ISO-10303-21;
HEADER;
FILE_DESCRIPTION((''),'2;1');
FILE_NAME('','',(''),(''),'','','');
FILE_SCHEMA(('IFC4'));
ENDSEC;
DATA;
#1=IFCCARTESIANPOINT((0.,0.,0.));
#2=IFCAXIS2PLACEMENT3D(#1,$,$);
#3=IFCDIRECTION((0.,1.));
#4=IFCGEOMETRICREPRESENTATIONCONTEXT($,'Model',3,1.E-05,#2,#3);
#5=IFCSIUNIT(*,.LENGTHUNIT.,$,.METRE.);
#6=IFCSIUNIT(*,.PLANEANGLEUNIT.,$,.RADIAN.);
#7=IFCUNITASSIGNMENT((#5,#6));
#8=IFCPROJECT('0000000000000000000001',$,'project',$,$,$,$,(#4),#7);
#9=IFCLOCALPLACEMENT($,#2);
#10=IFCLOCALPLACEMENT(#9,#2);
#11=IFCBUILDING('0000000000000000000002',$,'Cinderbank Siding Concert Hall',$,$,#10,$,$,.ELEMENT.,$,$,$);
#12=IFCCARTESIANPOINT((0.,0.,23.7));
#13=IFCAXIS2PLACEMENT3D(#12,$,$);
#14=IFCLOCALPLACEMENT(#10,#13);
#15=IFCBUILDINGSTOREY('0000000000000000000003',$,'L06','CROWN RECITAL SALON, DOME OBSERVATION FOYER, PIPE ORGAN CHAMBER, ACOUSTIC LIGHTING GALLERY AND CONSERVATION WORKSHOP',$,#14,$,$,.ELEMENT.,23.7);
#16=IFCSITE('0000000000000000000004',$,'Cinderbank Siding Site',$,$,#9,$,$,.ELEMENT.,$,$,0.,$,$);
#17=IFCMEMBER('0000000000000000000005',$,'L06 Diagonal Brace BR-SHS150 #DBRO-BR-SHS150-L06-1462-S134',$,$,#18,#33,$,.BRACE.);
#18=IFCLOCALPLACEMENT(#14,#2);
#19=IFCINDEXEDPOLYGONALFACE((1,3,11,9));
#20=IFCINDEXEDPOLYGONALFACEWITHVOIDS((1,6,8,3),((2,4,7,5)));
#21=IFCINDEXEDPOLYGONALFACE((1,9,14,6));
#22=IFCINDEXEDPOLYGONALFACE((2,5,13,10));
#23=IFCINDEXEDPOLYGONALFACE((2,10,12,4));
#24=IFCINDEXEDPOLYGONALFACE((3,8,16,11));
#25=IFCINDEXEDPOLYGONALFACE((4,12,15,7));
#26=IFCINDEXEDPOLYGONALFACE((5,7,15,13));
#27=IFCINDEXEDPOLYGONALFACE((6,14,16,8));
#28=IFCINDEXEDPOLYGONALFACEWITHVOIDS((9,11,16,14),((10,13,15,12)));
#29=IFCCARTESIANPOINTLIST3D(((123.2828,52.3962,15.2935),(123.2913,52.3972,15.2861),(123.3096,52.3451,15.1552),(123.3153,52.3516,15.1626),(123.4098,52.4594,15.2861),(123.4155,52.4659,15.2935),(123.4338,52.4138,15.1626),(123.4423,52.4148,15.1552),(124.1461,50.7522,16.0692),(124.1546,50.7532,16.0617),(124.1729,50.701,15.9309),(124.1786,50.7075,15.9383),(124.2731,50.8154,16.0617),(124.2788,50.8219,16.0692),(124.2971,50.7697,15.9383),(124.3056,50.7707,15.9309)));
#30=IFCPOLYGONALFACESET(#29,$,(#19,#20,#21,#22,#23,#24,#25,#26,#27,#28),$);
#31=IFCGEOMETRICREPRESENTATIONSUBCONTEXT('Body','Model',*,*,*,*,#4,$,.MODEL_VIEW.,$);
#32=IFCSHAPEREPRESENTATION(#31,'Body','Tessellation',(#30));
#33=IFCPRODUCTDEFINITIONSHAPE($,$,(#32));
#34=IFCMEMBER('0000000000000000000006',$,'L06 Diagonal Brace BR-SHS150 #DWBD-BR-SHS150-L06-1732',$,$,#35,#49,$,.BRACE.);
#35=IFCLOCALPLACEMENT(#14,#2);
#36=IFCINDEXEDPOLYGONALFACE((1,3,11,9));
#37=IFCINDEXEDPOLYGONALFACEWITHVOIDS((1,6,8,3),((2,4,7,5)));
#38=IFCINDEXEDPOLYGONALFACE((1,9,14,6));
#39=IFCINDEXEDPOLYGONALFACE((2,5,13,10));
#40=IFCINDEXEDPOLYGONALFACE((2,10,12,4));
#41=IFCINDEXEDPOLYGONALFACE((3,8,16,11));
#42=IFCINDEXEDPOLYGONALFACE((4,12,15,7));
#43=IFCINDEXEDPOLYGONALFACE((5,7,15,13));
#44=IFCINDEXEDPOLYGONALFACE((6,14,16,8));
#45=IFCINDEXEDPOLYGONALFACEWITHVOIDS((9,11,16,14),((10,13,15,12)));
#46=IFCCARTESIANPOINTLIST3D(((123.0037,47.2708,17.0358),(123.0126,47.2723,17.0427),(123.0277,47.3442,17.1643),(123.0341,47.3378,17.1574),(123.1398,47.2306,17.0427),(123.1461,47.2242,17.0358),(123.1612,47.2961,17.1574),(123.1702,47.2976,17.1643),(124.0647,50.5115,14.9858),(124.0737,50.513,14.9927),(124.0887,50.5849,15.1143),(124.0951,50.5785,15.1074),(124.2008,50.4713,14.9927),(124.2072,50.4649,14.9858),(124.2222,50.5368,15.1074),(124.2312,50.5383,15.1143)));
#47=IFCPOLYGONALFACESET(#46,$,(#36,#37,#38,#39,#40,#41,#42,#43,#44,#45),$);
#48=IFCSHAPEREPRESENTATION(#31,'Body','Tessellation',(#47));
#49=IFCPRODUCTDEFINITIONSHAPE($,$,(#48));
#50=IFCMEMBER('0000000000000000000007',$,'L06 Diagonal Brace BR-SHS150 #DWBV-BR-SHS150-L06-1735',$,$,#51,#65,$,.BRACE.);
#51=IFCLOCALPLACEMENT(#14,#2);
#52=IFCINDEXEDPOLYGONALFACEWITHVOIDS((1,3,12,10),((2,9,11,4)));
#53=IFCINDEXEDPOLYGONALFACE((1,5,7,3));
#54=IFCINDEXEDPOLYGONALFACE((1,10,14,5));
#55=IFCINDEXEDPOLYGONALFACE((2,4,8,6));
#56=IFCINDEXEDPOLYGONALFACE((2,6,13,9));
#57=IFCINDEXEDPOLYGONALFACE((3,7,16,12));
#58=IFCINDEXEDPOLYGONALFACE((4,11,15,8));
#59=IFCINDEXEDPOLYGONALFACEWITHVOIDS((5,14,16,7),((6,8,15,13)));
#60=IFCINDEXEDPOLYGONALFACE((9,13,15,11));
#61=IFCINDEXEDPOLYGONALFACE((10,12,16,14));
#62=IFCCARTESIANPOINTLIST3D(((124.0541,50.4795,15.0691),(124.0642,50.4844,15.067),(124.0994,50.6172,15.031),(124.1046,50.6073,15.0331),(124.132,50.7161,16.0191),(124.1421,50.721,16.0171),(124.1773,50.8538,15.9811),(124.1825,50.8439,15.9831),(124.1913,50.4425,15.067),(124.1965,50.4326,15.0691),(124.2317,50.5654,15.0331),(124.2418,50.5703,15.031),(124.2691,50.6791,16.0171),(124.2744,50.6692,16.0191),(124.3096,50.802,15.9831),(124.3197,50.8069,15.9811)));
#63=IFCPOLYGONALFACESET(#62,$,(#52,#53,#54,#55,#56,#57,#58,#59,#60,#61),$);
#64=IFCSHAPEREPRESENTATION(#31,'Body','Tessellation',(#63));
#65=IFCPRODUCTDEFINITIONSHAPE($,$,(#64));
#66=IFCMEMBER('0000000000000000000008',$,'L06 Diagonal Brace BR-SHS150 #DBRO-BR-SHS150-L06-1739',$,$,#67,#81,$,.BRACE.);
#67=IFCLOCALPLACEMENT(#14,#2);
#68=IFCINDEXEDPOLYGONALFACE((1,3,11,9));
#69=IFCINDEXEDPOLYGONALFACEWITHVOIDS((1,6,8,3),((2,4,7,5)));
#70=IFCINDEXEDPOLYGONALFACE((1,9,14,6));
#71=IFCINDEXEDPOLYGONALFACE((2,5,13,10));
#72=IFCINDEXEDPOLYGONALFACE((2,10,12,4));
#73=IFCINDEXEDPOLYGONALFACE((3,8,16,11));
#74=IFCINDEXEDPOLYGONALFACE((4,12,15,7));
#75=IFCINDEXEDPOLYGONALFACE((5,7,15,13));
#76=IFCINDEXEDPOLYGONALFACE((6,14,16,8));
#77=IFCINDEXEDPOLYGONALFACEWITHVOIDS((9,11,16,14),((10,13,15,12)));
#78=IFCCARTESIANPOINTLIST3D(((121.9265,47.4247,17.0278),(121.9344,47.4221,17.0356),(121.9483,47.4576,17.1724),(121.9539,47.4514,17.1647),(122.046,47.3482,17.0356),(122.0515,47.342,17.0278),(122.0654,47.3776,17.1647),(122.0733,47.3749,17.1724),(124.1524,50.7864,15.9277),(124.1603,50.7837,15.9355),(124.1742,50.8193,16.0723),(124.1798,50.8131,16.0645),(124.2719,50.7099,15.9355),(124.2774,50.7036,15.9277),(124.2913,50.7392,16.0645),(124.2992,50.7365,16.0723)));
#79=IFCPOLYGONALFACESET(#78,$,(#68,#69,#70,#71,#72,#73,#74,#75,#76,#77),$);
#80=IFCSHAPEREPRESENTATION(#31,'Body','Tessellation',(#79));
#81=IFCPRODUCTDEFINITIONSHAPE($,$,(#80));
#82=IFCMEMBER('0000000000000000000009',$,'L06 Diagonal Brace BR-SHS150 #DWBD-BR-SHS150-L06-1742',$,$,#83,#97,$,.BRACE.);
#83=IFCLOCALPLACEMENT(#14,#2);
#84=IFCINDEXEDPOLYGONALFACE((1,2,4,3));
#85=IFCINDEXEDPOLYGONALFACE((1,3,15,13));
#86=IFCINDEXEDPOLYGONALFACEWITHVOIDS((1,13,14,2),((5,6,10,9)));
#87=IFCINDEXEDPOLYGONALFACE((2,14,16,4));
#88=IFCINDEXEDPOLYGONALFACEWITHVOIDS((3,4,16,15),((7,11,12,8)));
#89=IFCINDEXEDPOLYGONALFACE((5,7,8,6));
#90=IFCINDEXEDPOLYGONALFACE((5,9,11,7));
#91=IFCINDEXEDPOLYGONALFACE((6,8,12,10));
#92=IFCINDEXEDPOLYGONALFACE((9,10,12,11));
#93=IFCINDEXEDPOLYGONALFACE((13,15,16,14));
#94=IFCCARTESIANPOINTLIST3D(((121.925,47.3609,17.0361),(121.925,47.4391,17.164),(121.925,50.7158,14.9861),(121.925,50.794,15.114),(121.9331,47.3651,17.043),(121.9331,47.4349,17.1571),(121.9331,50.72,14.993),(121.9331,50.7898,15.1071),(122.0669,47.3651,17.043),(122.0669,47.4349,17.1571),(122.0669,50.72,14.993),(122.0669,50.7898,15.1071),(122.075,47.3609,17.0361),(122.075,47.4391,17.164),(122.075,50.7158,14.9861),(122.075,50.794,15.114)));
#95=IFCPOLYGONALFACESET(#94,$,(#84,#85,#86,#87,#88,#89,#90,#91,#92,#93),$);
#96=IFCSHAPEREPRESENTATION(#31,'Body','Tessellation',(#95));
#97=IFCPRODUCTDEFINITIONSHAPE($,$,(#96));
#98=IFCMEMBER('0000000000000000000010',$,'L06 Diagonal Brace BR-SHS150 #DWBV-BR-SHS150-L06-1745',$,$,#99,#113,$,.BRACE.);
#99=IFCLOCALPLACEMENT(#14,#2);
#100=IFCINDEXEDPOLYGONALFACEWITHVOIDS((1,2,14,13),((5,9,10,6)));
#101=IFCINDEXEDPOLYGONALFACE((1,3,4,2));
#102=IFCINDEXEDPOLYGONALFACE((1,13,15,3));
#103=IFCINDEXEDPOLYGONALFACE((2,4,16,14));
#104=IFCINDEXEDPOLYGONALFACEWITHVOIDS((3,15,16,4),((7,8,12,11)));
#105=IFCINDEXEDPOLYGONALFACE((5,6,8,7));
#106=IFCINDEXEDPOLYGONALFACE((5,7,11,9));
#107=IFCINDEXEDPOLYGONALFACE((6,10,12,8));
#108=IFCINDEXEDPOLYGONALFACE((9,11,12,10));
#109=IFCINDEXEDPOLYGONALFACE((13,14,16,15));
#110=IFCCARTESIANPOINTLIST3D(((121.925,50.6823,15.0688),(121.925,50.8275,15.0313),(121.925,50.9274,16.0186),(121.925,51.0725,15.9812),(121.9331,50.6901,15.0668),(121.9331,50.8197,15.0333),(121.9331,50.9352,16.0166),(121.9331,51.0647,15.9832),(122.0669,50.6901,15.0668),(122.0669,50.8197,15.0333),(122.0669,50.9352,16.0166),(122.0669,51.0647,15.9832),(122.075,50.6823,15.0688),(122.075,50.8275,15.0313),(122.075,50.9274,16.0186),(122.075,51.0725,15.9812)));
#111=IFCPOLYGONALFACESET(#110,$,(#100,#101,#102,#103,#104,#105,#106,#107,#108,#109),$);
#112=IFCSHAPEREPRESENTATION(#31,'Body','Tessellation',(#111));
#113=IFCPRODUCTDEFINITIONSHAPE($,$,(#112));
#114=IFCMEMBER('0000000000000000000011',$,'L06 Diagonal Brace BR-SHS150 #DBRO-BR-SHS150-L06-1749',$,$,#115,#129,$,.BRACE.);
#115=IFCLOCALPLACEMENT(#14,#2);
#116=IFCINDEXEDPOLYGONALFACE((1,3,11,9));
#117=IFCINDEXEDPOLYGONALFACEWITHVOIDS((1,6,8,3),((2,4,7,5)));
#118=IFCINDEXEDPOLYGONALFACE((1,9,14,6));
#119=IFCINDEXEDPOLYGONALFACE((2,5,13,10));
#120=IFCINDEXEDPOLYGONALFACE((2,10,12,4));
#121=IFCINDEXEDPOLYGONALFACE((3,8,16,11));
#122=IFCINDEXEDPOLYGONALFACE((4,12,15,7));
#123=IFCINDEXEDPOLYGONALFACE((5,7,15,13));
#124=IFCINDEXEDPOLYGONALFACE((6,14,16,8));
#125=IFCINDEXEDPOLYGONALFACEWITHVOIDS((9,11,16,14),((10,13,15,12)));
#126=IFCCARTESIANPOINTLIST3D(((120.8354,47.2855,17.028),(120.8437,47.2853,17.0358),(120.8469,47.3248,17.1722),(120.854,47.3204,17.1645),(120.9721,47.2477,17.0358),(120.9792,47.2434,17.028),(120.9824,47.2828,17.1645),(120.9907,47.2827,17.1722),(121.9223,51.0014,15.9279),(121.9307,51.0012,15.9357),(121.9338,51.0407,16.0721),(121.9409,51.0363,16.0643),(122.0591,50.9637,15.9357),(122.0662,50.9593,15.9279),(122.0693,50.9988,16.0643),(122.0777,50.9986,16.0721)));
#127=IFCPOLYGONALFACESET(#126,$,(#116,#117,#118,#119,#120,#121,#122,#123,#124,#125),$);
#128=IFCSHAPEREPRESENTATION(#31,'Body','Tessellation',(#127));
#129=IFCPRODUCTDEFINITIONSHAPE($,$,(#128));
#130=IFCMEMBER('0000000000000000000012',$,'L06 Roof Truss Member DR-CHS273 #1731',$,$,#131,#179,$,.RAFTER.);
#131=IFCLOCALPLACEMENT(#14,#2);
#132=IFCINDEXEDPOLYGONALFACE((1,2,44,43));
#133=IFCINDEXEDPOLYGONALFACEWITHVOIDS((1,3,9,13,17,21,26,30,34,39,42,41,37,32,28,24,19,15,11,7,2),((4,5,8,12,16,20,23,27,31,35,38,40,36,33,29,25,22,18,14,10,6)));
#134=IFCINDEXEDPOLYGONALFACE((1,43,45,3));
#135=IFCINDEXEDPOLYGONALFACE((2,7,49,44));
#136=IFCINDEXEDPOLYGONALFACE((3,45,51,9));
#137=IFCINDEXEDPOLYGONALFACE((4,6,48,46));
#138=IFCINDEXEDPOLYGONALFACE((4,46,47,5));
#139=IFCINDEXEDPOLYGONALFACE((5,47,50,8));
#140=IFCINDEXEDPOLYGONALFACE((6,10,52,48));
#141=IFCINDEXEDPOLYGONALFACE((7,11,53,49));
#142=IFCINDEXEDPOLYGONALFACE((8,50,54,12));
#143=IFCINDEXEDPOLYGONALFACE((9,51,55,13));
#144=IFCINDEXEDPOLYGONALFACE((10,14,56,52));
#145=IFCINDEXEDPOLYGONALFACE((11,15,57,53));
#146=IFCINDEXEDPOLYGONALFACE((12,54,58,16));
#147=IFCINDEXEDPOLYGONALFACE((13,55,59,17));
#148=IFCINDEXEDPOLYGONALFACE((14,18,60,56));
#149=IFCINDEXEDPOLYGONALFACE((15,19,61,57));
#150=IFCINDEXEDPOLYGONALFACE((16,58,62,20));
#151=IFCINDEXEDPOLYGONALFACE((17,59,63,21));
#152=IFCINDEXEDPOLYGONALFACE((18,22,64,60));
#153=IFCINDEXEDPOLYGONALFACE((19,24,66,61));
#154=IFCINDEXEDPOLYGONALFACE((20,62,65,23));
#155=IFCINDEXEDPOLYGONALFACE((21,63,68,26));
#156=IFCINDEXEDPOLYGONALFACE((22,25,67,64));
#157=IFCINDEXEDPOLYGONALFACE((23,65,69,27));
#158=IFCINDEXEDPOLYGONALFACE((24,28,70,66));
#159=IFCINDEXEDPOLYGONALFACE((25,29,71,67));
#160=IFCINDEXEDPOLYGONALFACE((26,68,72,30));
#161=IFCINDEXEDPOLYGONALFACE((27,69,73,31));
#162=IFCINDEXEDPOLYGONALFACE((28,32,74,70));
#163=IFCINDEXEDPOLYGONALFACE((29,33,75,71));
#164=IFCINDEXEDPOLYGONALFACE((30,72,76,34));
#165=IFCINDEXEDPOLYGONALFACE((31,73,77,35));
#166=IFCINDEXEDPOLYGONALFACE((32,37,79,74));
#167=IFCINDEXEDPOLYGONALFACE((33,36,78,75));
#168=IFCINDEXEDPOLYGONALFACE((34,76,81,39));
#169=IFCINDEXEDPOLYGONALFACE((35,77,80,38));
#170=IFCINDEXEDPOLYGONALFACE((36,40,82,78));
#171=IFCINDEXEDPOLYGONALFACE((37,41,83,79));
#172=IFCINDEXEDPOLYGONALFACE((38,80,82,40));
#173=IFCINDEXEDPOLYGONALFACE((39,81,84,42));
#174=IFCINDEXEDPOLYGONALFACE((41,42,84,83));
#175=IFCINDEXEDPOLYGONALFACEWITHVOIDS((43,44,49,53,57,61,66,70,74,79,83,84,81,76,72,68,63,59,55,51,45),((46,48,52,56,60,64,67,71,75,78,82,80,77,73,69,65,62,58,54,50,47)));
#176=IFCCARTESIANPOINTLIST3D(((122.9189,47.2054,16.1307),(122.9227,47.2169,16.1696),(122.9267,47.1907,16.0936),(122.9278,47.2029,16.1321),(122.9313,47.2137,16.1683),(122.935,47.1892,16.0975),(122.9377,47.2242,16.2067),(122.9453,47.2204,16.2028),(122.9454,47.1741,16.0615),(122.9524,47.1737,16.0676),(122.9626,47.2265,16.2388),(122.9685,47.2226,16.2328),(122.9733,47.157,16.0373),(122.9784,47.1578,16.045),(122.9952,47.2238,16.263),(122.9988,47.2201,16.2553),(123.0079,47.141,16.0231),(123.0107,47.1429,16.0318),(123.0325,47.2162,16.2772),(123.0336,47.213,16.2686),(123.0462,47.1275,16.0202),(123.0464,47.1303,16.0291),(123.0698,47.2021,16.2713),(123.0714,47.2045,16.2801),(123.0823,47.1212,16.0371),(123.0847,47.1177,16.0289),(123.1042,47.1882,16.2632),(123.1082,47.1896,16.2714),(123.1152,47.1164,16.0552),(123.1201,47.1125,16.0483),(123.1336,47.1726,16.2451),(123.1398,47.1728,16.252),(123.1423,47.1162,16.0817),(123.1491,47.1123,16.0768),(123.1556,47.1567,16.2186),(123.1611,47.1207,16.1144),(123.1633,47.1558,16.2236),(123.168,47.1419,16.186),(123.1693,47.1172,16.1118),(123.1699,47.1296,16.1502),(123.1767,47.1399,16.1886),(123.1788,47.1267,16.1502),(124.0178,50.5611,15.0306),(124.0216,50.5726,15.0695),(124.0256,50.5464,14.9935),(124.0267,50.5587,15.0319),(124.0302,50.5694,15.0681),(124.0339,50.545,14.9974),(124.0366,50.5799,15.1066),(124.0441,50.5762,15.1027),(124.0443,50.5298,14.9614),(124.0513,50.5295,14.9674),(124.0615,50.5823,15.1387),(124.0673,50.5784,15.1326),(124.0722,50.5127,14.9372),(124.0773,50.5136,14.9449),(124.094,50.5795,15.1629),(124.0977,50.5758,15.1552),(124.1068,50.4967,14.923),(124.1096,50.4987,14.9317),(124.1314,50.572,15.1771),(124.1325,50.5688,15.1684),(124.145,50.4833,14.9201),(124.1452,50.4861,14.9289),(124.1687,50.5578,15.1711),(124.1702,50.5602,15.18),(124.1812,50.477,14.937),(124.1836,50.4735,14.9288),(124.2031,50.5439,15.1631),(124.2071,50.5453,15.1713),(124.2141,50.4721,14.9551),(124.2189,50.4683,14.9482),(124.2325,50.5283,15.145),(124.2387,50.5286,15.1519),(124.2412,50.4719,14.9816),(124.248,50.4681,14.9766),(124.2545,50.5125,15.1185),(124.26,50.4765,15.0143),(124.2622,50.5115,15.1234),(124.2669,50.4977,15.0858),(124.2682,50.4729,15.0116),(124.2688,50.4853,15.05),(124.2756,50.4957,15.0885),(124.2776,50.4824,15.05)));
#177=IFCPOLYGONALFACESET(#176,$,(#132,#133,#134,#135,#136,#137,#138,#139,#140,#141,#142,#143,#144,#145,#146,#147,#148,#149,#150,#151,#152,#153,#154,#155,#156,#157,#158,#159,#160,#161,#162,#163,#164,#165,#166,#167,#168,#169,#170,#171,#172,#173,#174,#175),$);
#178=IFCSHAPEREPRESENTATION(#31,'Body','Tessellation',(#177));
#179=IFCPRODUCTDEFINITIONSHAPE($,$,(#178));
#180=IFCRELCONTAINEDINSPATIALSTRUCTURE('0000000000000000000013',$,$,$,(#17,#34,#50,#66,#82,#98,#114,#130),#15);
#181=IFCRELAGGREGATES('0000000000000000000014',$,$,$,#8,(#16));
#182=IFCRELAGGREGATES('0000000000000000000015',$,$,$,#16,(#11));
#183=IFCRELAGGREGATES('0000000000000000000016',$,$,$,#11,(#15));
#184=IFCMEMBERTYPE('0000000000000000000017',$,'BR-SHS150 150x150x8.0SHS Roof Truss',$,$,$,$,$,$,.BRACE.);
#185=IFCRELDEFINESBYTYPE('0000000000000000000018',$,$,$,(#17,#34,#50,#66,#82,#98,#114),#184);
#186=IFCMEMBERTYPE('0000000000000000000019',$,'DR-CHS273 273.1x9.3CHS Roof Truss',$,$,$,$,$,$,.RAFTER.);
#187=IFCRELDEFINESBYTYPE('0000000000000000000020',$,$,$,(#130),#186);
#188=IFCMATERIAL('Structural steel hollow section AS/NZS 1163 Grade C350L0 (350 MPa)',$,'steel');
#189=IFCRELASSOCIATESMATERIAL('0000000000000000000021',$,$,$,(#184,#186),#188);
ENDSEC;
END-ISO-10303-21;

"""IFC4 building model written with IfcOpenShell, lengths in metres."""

from ifc_helpers import new_model, si_unit, direction, frame, origin, origin_2d, place, context, subcontext, project, spatial, hollow_rectangle, hollow_circle, extrude, material, material_profile, profile_set, type_object, element, save


model = new_model("IFC4")

# Units and contexts
model_context = context("Model", 3, precision=1e-05, world=origin(), true_north=direction((0.0, 1.0)))
body_context = subcontext(model_context, "Body", "Model", "MODEL_VIEW")
ifc_project = project(units=[si_unit("LENGTHUNIT", "METRE"), si_unit("PLANEANGLEUNIT", "RADIAN")], contexts=[model_context])

# Site, building, storey
site_placement = place(None, origin())
site = spatial("IfcSite", under=ifc_project, at=site_placement, Name="Cinderbank Siding Site", CompositionType="ELEMENT", RefElevation=0.0)
building_placement = place(site_placement, origin())
building = spatial("IfcBuilding", under=site, at=building_placement, Name="Cinderbank Siding Concert Hall", CompositionType="ELEMENT")
storey_placement = place(building_placement, frame((0.0, 0.0, 23.7)))
storey = spatial("IfcBuildingStorey", under=building, at=storey_placement, Name="L06", Description="CROWN RECITAL SALON, DOME OBSERVATION FOYER, PIPE ORGAN CHAMBER, ACOUSTIC LIGHTING GALLERY AND CONSERVATION WORKSHOP", CompositionType="ELEMENT", Elevation=23.7)

# Members
ifc_material_1 = material(Name="Structural steel hollow section AS/NZS 1163 Grade C350L0 (350 MPa)", Category="steel")
ifc_material_profile_1 = material_profile(ifc_material_1, hollow_rectangle(XDim=0.1499, YDim=0.1499, WallThickness=0.0081, at=origin_2d()), Name="150x150x8.0SHS", Category="LoadBearing")
ifc_profile_set_1 = profile_set([ifc_material_profile_1], Name="Structural steel hollow section AS/NZS 1163 Grade C350L0 (350 MPa)")
member_type_1 = type_object("IfcMemberType", Name="BR-SHS150 150x150x8.0SHS Roof Truss", PredefinedType="BRACE", material=ifc_profile_set_1)
member_1_placement = place(storey_placement, frame((123.3625, 52.4055, 15.2244), z_axis=(0.428982, -0.816958, 0.385428), x_axis=(0.885363, 0.464901, 0.0)))
element("IfcMember", 1, at=member_1_placement, inside=storey, type_object=member_type_1, Name="L06 Diagonal Brace BR-SHS150 #DBRO-BR-SHS150-L06-1462-S134", PredefinedType="BRACE", context=body_context, shape_type="SweptSolid", body=[
    extrude(hollow_rectangle(XDim=0.1499, YDim=0.1499, WallThickness=0.0081, at=origin_2d()), origin(), (0.0, 0.0, 1.0), 2.0125),
])
member_2_placement = place(storey_placement, frame((124.1479, 50.5249, 15.05), z_axis=(-0.266673, -0.814499, 0.515244), x_axis=(0.950359, -0.311154, 0.0)))
element("IfcMember", 2, at=member_2_placement, inside=storey, type_object=member_type_1, Name="L06 Diagonal Brace BR-SHS150 #DWBD-BR-SHS150-L06-1732", PredefinedType="BRACE", context=body_context, shape_type="SweptSolid", body=[
    extrude(hollow_rectangle(XDim=0.1499, YDim=0.1499, WallThickness=0.0081, at=origin_2d()), origin(), (0.0, 0.0, 1.0), 3.9788),
])
member_3_placement = place(storey_placement, frame((124.1479, 50.5249, 15.05), z_axis=(0.079304, 0.240894, 0.967306), x_axis=(-0.949853, 0.312697, 0.0)))
element("IfcMember", 3, at=member_3_placement, inside=storey, type_object=member_type_1, Name="L06 Diagonal Brace BR-SHS150 #DWBV-BR-SHS150-L06-1735", PredefinedType="BRACE", context=body_context, shape_type="SweptSolid", body=[
    extrude(hollow_rectangle(XDim=0.1499, YDim=0.1499, WallThickness=0.0081, at=origin_2d()), origin(), (0.0, 0.0, 1.0), 0.9822),
])
member_4_placement = place(storey_placement, frame((124.2258, 50.7615, 16.0), z_axis=(-0.532613, -0.804381, 0.263239), x_axis=(0.833788, -0.552084, 0.0)))
element("IfcMember", 4, at=member_4_placement, inside=storey, type_object=member_type_1, Name="L06 Diagonal Brace BR-SHS150 #DBRO-BR-SHS150-L06-1739", PredefinedType="BRACE", context=body_context, shape_type="SweptSolid", body=[
    extrude(hollow_rectangle(XDim=0.1499, YDim=0.1499, WallThickness=0.0081, at=origin_2d()), origin(), (0.0, 0.0, 1.0), 4.1792),
])
member_5_placement = place(storey_placement, frame((122.0, 50.7549, 15.05), z_axis=(0.0, -0.853306, 0.52141), x_axis=(1.0, 0.0, 0.0)))
element("IfcMember", 5, at=member_5_placement, inside=storey, type_object=member_type_1, Name="L06 Diagonal Brace BR-SHS150 #DWBD-BR-SHS150-L06-1742", PredefinedType="BRACE", context=body_context, shape_type="SweptSolid", body=[
    extrude(hollow_rectangle(XDim=0.1499, YDim=0.1499, WallThickness=0.0081, at=origin_2d()), origin(), (0.0, 0.0, 1.0), 3.9316),
])
member_6_placement = place(storey_placement, frame((122.0, 50.7549, 15.05), z_axis=(0.0, 0.249848, 0.968285), x_axis=(-1.0, 0.0, 0.0)))
element("IfcMember", 6, at=member_6_placement, inside=storey, type_object=member_type_1, Name="L06 Diagonal Brace BR-SHS150 #DWBV-BR-SHS150-L06-1745", PredefinedType="BRACE", context=body_context, shape_type="SweptSolid", body=[
    extrude(hollow_rectangle(XDim=0.1499, YDim=0.1499, WallThickness=0.0081, at=origin_2d()), origin(), (0.0, 0.0, 1.0), 0.981),
])
member_7_placement = place(storey_placement, frame((122.0, 51.0, 16.0), z_axis=(-0.270055, -0.923234, 0.273331), x_axis=(0.959782, -0.280746, 0.0)))
element("IfcMember", 7, at=member_7_placement, inside=storey, type_object=member_type_1, Name="L06 Diagonal Brace BR-SHS150 #DBRO-BR-SHS150-L06-1749", PredefinedType="BRACE", context=body_context, shape_type="SweptSolid", body=[
    extrude(hollow_rectangle(XDim=0.1499, YDim=0.1499, WallThickness=0.0081, at=origin_2d()), origin(), (0.0, 0.0, 1.0), 4.0249),
])
ifc_material_profile_2 = material_profile(ifc_material_1, hollow_circle(Radius=0.1365, WallThickness=0.0093, at=origin_2d()), Name="273.1x9.3CHS", Category="LoadBearing")
ifc_profile_set_2 = profile_set([ifc_material_profile_2], Name="Structural steel hollow section AS/NZS 1163 Grade C350L0 (350 MPa)")
member_type_2 = type_object("IfcMemberType", Name="DR-CHS273 273.1x9.3CHS Roof Truss", PredefinedType="RAFTER", material=ifc_profile_set_2)
member_8_placement = place(storey_placement, frame((124.1479, 50.5249, 15.05), z_axis=(-0.297118, -0.907329, 0.297448), x_axis=(0.950343, -0.311204, 0.0)))
element("IfcMember", 8, at=member_8_placement, inside=storey, type_object=member_type_2, Name="L06 Roof Truss Member DR-CHS273 #1731", PredefinedType="RAFTER", context=body_context, shape_type="SweptSolid", body=[
    extrude(hollow_circle(Radius=0.1365, WallThickness=0.0093, at=origin_2d()), origin(), (0.0, 0.0, 1.0), 3.6985),
])

save(model, "model.ifc")
